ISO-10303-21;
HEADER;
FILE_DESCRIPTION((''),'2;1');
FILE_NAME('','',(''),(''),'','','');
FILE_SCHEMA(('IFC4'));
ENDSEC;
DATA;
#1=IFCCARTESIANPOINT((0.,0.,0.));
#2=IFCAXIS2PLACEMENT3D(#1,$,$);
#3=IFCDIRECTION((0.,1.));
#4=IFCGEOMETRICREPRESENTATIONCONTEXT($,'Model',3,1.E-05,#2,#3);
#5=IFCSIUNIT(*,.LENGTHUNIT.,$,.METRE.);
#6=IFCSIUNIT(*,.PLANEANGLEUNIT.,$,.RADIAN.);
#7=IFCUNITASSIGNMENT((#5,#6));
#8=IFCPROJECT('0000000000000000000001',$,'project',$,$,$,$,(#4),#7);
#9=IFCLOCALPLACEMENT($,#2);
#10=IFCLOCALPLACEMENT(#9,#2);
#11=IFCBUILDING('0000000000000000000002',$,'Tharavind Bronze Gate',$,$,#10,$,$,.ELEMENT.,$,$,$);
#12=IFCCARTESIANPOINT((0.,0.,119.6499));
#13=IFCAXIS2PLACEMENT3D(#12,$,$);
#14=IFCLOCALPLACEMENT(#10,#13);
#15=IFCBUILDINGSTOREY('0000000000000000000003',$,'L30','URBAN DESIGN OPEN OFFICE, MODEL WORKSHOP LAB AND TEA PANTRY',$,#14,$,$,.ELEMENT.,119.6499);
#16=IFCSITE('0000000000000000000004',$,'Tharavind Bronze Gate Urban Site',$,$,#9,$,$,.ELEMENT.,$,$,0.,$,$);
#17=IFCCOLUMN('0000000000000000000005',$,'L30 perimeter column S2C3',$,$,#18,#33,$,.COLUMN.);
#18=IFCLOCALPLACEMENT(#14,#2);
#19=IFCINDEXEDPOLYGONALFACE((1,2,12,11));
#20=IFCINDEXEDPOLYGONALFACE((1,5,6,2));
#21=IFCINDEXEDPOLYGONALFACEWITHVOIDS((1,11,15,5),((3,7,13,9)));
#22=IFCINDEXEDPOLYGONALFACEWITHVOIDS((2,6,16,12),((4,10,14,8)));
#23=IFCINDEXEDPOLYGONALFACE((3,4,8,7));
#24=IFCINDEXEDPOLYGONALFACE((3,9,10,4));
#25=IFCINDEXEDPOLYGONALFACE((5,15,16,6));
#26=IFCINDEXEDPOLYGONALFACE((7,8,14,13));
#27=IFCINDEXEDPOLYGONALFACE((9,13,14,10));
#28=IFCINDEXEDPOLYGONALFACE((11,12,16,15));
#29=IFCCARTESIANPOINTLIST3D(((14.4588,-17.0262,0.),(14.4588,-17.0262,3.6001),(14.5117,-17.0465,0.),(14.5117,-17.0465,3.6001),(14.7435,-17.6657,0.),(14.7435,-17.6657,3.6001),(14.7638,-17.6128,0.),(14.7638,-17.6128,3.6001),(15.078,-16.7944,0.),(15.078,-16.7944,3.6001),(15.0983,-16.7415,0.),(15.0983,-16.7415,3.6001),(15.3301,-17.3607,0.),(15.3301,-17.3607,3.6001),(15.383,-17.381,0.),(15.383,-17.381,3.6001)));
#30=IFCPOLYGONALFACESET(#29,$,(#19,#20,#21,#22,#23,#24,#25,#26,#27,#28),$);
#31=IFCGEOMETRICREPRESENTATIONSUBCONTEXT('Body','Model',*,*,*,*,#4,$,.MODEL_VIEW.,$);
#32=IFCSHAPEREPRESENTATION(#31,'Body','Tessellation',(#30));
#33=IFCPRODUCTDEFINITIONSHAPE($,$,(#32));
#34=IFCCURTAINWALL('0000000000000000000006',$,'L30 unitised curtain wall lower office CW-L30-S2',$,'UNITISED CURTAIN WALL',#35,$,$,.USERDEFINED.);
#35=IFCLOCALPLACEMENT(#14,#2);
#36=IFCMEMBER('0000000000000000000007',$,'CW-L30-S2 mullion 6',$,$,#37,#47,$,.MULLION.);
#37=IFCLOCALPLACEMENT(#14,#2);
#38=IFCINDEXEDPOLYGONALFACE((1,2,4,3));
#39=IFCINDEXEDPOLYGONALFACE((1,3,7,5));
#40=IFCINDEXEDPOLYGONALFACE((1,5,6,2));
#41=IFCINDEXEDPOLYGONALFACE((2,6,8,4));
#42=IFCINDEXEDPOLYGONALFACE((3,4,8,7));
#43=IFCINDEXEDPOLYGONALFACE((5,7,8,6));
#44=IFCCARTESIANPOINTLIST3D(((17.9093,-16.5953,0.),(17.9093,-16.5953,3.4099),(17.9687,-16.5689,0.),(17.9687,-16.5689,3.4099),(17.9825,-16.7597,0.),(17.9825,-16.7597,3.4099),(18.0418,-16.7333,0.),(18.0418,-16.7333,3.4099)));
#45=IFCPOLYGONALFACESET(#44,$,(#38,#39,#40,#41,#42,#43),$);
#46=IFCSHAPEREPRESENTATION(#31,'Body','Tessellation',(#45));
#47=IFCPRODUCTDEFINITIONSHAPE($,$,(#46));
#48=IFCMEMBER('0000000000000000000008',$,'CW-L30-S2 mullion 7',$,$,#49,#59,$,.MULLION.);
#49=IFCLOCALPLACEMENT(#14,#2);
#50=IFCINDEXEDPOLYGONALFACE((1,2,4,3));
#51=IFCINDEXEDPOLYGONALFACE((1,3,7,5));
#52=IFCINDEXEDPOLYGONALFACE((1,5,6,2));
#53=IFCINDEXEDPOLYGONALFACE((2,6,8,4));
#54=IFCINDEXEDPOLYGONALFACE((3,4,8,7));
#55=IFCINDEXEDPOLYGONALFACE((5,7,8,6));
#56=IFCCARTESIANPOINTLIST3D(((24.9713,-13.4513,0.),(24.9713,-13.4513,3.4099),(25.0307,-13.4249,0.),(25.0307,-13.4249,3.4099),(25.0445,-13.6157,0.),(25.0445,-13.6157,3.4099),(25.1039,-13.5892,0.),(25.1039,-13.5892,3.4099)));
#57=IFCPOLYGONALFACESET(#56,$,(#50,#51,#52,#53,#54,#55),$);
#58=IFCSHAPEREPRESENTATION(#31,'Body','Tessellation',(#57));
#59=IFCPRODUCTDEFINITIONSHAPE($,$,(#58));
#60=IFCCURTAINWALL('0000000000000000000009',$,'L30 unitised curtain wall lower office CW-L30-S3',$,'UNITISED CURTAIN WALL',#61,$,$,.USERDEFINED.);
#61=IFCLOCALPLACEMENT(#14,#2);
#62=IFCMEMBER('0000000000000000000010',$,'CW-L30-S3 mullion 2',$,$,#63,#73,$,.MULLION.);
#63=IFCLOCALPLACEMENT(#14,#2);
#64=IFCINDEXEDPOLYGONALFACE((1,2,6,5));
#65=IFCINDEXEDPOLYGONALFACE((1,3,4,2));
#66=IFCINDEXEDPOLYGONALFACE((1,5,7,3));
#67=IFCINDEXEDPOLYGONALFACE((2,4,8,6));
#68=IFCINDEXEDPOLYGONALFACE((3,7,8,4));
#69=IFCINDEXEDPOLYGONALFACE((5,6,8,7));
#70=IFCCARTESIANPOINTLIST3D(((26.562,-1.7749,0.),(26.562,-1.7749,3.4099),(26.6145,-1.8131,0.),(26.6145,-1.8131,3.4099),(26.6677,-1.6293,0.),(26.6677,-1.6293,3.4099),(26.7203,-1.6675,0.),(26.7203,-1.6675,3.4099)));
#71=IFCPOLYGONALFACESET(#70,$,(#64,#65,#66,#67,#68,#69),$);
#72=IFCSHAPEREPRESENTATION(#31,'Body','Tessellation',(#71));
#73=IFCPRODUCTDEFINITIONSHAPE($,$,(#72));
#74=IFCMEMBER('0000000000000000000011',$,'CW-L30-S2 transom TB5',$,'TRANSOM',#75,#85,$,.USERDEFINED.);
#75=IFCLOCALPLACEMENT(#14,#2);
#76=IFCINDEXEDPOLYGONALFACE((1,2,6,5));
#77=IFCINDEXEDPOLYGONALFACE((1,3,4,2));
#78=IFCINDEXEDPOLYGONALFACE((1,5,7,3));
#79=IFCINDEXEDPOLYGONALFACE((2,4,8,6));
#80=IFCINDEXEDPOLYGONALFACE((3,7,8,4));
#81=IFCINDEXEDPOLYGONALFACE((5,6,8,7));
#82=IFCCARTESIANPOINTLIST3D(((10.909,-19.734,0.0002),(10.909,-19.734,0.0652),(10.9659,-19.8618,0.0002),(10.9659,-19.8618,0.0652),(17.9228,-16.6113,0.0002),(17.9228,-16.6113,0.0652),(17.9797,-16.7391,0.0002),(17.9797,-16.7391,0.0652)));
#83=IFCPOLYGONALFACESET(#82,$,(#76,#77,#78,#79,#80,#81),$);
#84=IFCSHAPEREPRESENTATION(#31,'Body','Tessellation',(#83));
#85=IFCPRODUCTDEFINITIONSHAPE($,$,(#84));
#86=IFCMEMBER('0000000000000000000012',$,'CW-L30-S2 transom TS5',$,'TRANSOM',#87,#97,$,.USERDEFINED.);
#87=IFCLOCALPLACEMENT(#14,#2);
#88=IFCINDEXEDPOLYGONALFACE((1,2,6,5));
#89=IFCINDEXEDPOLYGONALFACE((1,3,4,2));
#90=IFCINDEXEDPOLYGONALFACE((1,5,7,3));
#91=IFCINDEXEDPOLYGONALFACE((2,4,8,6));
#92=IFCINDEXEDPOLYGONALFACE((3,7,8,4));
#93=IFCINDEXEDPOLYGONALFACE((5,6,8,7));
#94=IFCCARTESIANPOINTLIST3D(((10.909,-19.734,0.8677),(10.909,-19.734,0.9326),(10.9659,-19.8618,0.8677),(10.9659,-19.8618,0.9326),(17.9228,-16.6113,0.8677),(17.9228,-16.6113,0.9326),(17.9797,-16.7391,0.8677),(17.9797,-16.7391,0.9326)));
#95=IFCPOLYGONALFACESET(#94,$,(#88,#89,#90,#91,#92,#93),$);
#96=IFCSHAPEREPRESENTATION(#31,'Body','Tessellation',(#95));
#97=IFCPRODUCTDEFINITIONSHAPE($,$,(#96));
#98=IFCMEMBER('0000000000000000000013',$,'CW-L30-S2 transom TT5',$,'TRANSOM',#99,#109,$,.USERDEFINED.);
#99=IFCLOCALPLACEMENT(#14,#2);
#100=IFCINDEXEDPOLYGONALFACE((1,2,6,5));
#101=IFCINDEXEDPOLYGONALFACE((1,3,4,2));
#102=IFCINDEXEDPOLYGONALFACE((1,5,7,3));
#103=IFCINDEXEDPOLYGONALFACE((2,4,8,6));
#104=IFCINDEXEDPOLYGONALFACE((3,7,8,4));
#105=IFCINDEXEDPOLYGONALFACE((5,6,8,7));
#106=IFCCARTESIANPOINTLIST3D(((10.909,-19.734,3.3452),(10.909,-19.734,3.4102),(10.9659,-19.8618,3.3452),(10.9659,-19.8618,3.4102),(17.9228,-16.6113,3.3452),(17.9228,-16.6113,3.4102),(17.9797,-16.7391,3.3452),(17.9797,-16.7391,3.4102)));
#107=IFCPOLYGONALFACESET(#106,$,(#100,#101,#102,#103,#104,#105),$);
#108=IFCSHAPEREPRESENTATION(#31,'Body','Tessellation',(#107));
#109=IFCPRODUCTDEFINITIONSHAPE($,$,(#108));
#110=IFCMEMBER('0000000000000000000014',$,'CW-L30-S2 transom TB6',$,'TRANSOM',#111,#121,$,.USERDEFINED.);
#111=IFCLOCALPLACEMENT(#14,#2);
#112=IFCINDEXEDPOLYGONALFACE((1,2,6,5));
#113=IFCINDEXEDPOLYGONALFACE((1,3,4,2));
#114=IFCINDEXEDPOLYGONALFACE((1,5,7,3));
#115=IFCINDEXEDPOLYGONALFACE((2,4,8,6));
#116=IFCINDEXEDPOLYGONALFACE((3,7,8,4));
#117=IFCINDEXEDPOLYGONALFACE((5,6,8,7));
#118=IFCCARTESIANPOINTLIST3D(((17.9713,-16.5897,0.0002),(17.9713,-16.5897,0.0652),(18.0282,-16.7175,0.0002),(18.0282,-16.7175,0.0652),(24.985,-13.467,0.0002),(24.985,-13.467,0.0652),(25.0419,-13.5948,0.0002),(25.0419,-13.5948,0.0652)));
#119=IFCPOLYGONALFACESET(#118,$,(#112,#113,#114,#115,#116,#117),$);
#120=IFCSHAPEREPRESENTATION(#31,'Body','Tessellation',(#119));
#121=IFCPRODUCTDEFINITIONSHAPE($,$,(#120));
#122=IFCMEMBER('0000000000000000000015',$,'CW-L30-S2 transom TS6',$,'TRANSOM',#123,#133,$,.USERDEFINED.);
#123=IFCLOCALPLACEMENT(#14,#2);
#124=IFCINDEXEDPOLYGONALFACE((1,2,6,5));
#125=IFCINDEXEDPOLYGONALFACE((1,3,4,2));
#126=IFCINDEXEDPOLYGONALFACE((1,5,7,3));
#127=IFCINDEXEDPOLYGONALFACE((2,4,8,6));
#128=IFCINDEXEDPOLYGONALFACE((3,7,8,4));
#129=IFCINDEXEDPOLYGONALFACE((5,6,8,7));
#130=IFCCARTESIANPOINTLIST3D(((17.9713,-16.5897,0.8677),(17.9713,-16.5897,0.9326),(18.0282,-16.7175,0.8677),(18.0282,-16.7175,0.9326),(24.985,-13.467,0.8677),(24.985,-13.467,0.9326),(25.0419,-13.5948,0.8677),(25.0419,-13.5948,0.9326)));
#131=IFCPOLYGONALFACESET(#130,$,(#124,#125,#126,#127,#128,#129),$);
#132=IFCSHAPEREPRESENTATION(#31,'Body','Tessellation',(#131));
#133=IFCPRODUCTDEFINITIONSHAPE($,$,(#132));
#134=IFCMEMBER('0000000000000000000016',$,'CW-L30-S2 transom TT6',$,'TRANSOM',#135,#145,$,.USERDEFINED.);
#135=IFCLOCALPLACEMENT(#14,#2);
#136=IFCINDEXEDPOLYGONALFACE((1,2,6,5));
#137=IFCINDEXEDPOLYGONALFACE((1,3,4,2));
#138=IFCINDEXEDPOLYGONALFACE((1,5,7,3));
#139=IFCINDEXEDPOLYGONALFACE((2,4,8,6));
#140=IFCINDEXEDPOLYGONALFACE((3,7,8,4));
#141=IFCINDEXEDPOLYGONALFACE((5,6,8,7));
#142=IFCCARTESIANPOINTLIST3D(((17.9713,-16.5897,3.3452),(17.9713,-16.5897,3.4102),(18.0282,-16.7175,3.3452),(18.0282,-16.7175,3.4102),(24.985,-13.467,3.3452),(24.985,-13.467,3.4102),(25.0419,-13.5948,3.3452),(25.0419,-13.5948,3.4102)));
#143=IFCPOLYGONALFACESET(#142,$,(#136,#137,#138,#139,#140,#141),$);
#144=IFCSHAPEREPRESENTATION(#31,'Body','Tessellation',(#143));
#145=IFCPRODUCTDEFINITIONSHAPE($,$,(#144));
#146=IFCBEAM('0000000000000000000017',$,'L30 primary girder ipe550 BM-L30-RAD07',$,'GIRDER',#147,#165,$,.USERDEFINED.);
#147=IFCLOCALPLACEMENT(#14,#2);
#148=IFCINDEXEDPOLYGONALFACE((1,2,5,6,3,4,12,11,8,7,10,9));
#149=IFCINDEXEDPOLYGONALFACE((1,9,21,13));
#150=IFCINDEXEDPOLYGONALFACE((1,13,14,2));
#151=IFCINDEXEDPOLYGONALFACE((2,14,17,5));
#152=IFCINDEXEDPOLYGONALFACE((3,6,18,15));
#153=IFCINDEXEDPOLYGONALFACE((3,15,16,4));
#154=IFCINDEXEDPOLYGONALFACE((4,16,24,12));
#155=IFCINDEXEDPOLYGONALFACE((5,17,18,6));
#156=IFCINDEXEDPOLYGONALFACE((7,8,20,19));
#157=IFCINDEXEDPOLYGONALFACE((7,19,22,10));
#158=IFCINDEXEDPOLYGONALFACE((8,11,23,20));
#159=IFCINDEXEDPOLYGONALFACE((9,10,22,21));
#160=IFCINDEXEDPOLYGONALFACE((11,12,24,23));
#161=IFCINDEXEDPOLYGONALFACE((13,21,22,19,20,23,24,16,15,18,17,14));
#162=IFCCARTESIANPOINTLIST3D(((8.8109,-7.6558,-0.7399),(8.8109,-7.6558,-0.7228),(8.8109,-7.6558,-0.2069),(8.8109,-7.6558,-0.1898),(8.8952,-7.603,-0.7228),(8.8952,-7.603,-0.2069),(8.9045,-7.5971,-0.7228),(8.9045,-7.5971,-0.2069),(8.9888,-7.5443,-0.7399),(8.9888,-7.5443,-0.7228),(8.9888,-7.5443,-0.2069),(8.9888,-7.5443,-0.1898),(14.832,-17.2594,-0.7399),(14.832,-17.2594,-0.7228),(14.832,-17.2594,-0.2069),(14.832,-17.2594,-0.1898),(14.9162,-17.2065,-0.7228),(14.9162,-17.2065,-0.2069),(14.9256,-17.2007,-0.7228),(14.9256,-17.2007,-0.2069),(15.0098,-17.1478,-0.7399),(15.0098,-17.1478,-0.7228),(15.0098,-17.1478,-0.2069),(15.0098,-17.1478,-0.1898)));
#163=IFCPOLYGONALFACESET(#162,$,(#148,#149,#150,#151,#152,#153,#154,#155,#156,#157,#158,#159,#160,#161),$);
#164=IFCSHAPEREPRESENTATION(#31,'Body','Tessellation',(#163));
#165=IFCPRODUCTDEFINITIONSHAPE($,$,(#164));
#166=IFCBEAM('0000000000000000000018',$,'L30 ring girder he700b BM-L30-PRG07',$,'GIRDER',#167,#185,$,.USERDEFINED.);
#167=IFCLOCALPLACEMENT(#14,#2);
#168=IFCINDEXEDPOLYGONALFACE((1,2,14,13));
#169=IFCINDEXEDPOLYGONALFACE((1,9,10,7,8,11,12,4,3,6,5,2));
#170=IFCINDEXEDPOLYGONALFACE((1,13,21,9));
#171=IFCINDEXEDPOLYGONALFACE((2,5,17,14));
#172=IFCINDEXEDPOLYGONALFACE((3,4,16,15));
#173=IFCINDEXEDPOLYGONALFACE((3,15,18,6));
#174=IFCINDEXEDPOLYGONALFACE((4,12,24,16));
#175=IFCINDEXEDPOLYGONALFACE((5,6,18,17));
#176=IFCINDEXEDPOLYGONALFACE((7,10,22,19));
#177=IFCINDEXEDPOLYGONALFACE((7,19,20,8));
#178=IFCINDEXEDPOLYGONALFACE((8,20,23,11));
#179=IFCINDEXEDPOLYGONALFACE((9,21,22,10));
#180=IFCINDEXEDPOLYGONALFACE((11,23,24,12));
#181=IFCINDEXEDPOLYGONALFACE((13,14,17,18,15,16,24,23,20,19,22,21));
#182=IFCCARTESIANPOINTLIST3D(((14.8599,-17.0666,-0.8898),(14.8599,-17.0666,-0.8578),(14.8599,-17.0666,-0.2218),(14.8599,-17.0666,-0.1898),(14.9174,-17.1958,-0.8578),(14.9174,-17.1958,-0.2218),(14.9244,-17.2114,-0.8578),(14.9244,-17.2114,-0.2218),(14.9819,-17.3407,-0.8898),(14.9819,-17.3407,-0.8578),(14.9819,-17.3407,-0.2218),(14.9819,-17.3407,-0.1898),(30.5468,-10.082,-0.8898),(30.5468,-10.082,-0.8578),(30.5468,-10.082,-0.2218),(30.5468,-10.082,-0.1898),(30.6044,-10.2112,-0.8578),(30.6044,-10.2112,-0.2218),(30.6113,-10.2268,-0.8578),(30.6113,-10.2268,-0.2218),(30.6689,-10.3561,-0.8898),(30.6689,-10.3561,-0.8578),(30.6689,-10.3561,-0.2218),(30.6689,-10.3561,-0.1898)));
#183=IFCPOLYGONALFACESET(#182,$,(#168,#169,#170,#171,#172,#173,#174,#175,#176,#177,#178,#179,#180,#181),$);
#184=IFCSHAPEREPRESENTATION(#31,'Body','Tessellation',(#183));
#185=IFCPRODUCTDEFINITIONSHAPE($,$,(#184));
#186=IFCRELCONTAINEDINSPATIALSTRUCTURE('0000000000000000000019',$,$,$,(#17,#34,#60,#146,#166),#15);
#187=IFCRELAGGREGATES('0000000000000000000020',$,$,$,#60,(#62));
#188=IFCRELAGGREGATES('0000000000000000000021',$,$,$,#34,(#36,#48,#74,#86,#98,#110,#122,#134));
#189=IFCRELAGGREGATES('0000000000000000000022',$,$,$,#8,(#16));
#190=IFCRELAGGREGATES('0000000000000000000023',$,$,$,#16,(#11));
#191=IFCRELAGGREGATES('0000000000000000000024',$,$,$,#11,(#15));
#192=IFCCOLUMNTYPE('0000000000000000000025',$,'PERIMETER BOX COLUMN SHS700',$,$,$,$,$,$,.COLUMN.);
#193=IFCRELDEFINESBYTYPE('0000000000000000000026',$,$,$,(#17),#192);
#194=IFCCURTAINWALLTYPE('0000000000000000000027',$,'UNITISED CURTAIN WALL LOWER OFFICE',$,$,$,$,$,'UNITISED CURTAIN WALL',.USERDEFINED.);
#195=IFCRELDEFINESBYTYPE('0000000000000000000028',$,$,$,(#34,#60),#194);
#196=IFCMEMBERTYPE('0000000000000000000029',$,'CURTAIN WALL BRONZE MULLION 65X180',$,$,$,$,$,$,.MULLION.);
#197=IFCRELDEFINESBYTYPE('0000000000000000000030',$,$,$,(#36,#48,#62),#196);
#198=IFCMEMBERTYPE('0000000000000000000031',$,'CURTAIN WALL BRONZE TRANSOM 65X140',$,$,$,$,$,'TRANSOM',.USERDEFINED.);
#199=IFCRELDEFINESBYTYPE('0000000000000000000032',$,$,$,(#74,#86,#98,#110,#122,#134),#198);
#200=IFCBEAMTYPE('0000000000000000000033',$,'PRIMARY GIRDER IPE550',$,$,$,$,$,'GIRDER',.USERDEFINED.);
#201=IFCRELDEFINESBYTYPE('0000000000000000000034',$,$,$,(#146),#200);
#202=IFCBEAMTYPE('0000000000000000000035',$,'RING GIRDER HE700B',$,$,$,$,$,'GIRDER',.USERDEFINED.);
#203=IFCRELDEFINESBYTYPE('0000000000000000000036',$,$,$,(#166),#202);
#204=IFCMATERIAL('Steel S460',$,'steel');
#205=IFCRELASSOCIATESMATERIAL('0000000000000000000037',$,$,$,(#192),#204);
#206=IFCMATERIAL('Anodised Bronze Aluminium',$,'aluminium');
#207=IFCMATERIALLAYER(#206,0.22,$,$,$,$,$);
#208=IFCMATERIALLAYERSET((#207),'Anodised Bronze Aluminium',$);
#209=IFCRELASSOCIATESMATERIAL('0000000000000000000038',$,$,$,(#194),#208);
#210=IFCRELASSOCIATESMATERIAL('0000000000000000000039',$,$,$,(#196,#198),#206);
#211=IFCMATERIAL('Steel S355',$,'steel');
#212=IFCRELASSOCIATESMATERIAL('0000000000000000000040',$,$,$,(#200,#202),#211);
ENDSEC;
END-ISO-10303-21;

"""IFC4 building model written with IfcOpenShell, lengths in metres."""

from ifc_helpers import new_model, si_unit, direction, frame, origin, origin_2d, place, context, subcontext, project, spatial, rectangle, hollow_rectangle, i_section, extrude, material, layer, layer_set, material_profile, profile_set, type_object, element, aggregate, save


model = new_model("IFC4")

# Units and contexts
model_context = context("Model", 3, precision=1e-05, world=origin(), true_north=direction((0.0, 1.0)))
body_context = subcontext(model_context, "Body", "Model", "MODEL_VIEW")
ifc_project = project(units=[si_unit("LENGTHUNIT", "METRE"), si_unit("PLANEANGLEUNIT", "RADIAN")], contexts=[model_context])

# Site, building, storey
site_placement = place(None, origin())
site = spatial("IfcSite", under=ifc_project, at=site_placement, Name="Tharavind Bronze Gate Urban Site", CompositionType="ELEMENT", RefElevation=0.0)
building_placement = place(site_placement, origin())
building = spatial("IfcBuilding", under=site, at=building_placement, Name="Tharavind Bronze Gate", CompositionType="ELEMENT")
storey_placement = place(building_placement, frame((0.0, 0.0, 119.6499)))
storey = spatial("IfcBuildingStorey", under=building, at=storey_placement, Name="L30", Description="URBAN DESIGN OPEN OFFICE, MODEL WORKSHOP LAB AND TEA PANTRY", CompositionType="ELEMENT", Elevation=119.6499)

# Column
ifc_material_1 = material(Name="Steel S460", Category="steel")
ifc_material_profile_1 = material_profile(ifc_material_1, hollow_rectangle(XDim=0.7, YDim=0.7, WallThickness=0.04, at=origin_2d()), Name="SHS700X40")
ifc_profile_set_1 = profile_set([ifc_material_profile_1], Name="Steel S460")
column_type = type_object("IfcColumnType", Name="PERIMETER BOX COLUMN SHS700", PredefinedType="COLUMN", material=ifc_profile_set_1)
column_placement = place(storey_placement, frame((14.9209, -17.2036, 0.0), z_axis=(0.0, 0.0, 1.0), x_axis=(0.913545, 0.406737, 0.0)))
element("IfcColumn", 1, at=column_placement, inside=storey, type_object=column_type, Name="L30 perimeter column S2C3", PredefinedType="COLUMN", context=body_context, shape_type="SweptSolid", body=[
    extrude(hollow_rectangle(XDim=0.7, YDim=0.7, WallThickness=0.04, at=origin_2d()), origin(), (0.0, 0.0, 1.0), 3.6001),
])

# Curtain wall, members
ifc_material_2 = material(Name="Anodised Bronze Aluminium", Category="aluminium")
ifc_layer_1 = layer(ifc_material_2, 0.22)
ifc_layer_set_1 = layer_set([ifc_layer_1], Name="Anodised Bronze Aluminium")
curtain_wall_type = type_object("IfcCurtainWallType", Name="UNITISED CURTAIN WALL LOWER OFFICE", ElementType="UNITISED CURTAIN WALL", PredefinedType="USERDEFINED", material=ifc_layer_set_1)
curtain_wall_1_placement = place(storey_placement, origin())
curtain_wall_1 = element("IfcCurtainWall", 2, at=curtain_wall_1_placement, inside=storey, type_object=curtain_wall_type, Name="L30 unitised curtain wall lower office CW-L30-S2", ObjectType="UNITISED CURTAIN WALL", PredefinedType="USERDEFINED")
member_type_1 = type_object("IfcMemberType", Name="CURTAIN WALL BRONZE MULLION 65X180", PredefinedType="MULLION", material=ifc_material_2)
member_1_placement = place(storey_placement, frame((17.9756, -16.6643, 0.0), z_axis=(0.0, 0.0, 1.0), x_axis=(0.913545, 0.406737, 0.0)))
member_1 = element("IfcMember", 3, at=member_1_placement, type_object=member_type_1, Name="CW-L30-S2 mullion 6", PredefinedType="MULLION", context=body_context, shape_type="SweptSolid", body=[
    extrude(rectangle(XDim=0.0649, YDim=0.1799, at=origin_2d()), origin(), (0.0, 0.0, 1.0), 3.4099),
])
member_2_placement = place(storey_placement, frame((25.0376, -13.5203, 0.0), z_axis=(0.0, 0.0, 1.0), x_axis=(0.913545, 0.406737, 0.0)))
member_2 = element("IfcMember", 4, at=member_2_placement, type_object=member_type_1, Name="CW-L30-S2 mullion 7", PredefinedType="MULLION", context=body_context, shape_type="SweptSolid", body=[
    extrude(rectangle(XDim=0.0649, YDim=0.1799, at=origin_2d()), origin(), (0.0, 0.0, 1.0), 3.4099),
])

# Curtain wall, member
curtain_wall_2_placement = place(storey_placement, origin())
curtain_wall_2 = element("IfcCurtainWall", 5, at=curtain_wall_2_placement, inside=storey, type_object=curtain_wall_type, Name="L30 unitised curtain wall lower office CW-L30-S3", ObjectType="UNITISED CURTAIN WALL", PredefinedType="USERDEFINED")
member_3_placement = place(storey_placement, frame((26.6411, -1.7212, 0.0), z_axis=(0.0, 0.0, 1.0), x_axis=(-0.809017, 0.587785, 0.0)))
member_3 = element("IfcMember", 6, at=member_3_placement, type_object=member_type_1, Name="CW-L30-S3 mullion 2", PredefinedType="MULLION", context=body_context, shape_type="SweptSolid", body=[
    extrude(rectangle(XDim=0.0649, YDim=0.1799, at=origin_2d()), origin(), (0.0, 0.0, 1.0), 3.4099),
])
aggregate(curtain_wall_2, [member_3])

# Members
member_type_2 = type_object("IfcMemberType", Name="CURTAIN WALL BRONZE TRANSOM 65X140", ElementType="TRANSOM", PredefinedType="USERDEFINED", material=ifc_material_2)
member_4_placement = place(storey_placement, frame((14.4443, -18.2366, 0.0002), z_axis=(0.0, 0.0, 1.0), x_axis=(0.913545, 0.406737, 0.0)))
member_4 = element("IfcMember", 7, at=member_4_placement, type_object=member_type_2, Name="CW-L30-S2 transom TB5", ObjectType="TRANSOM", PredefinedType="USERDEFINED", context=body_context, shape_type="SweptSolid", body=[
    extrude(rectangle(XDim=7.6775, YDim=0.1399, at=origin_2d()), origin(), (0.0, 0.0, 1.0), 0.0649),
])
member_5_placement = place(storey_placement, frame((14.4443, -18.2366, 0.8677), z_axis=(0.0, 0.0, 1.0), x_axis=(0.913545, 0.406737, 0.0)))
member_5 = element("IfcMember", 8, at=member_5_placement, type_object=member_type_2, Name="CW-L30-S2 transom TS5", ObjectType="TRANSOM", PredefinedType="USERDEFINED", context=body_context, shape_type="SweptSolid", body=[
    extrude(rectangle(XDim=7.6775, YDim=0.1399, at=origin_2d()), origin(), (0.0, 0.0, 1.0), 0.0649),
])
member_6_placement = place(storey_placement, frame((14.4443, -18.2366, 3.3452), z_axis=(0.0, 0.0, 1.0), x_axis=(0.913545, 0.406737, 0.0)))
member_6 = element("IfcMember", 9, at=member_6_placement, type_object=member_type_2, Name="CW-L30-S2 transom TT5", ObjectType="TRANSOM", PredefinedType="USERDEFINED", context=body_context, shape_type="SweptSolid", body=[
    extrude(rectangle(XDim=7.6775, YDim=0.1399, at=origin_2d()), origin(), (0.0, 0.0, 1.0), 0.0649),
])
member_7_placement = place(storey_placement, frame((21.5066, -15.0923, 0.0002), z_axis=(0.0, 0.0, 1.0), x_axis=(0.913545, 0.406737, 0.0)))
member_7 = element("IfcMember", 10, at=member_7_placement, type_object=member_type_2, Name="CW-L30-S2 transom TB6", ObjectType="TRANSOM", PredefinedType="USERDEFINED", context=body_context, shape_type="SweptSolid", body=[
    extrude(rectangle(XDim=7.6775, YDim=0.1399, at=origin_2d()), origin(), (0.0, 0.0, 1.0), 0.0649),
])
member_8_placement = place(storey_placement, frame((21.5066, -15.0923, 0.8677), z_axis=(0.0, 0.0, 1.0), x_axis=(0.913545, 0.406737, 0.0)))
member_8 = element("IfcMember", 11, at=member_8_placement, type_object=member_type_2, Name="CW-L30-S2 transom TS6", ObjectType="TRANSOM", PredefinedType="USERDEFINED", context=body_context, shape_type="SweptSolid", body=[
    extrude(rectangle(XDim=7.6775, YDim=0.1399, at=origin_2d()), origin(), (0.0, 0.0, 1.0), 0.0649),
])
member_9_placement = place(storey_placement, frame((21.5066, -15.0923, 3.3452), z_axis=(0.0, 0.0, 1.0), x_axis=(0.913545, 0.406737, 0.0)))
member_9 = element("IfcMember", 12, at=member_9_placement, type_object=member_type_2, Name="CW-L30-S2 transom TT6", ObjectType="TRANSOM", PredefinedType="USERDEFINED", context=body_context, shape_type="SweptSolid", body=[
    extrude(rectangle(XDim=7.6775, YDim=0.1399, at=origin_2d()), origin(), (0.0, 0.0, 1.0), 0.0649),
])

# Beams
ifc_material_3 = material(Name="Steel S355", Category="steel")
ifc_material_profile_2 = material_profile(ifc_material_3, i_section(OverallWidth=0.21, OverallDepth=0.55, WebThickness=0.011, FlangeThickness=0.0171, at=origin_2d()), Name="IPE550")
ifc_profile_set_2 = profile_set([ifc_material_profile_2], Name="Steel S355")
beam_type_1 = type_object("IfcBeamType", Name="PRIMARY GIRDER IPE550", ElementType="GIRDER", PredefinedType="USERDEFINED", material=ifc_profile_set_2)
beam_1_placement = place(storey_placement, frame((14.9209, -17.2036, -0.4648), z_axis=(-0.531191, 0.847252, 0.0), x_axis=(-0.847252, -0.531191, 0.0)))
element("IfcBeam", 13, at=beam_1_placement, inside=storey, type_object=beam_type_1, Name="L30 primary girder ipe550 BM-L30-RAD07", ObjectType="GIRDER", PredefinedType="USERDEFINED", context=body_context, shape_type="SweptSolid", body=[
    extrude(i_section(OverallWidth=0.21, OverallDepth=0.55, WebThickness=0.011, FlangeThickness=0.0171, at=origin_2d()), origin(), (0.0, 0.0, 1.0), 11.335),
])
ifc_material_profile_3 = material_profile(ifc_material_3, i_section(OverallWidth=0.3, OverallDepth=0.7, WebThickness=0.0171, FlangeThickness=0.032, at=origin_2d()), Name="HE700B")
ifc_profile_set_3 = profile_set([ifc_material_profile_3], Name="Steel S355")
beam_type_2 = type_object("IfcBeamType", Name="RING GIRDER HE700B", ElementType="GIRDER", PredefinedType="USERDEFINED", material=ifc_profile_set_3)
beam_2_placement = place(storey_placement, frame((14.9209, -17.2036, -0.5398), z_axis=(0.913539, 0.406752, 0.0), x_axis=(-0.406752, 0.913539, 0.0)))
element("IfcBeam", 14, at=beam_2_placement, inside=storey, type_object=beam_type_2, Name="L30 ring girder he700b BM-L30-PRG07", ObjectType="GIRDER", PredefinedType="USERDEFINED", context=body_context, shape_type="SweptSolid", body=[
    extrude(i_section(OverallWidth=0.3, OverallDepth=0.7, WebThickness=0.0171, FlangeThickness=0.032, at=origin_2d()), origin(), (0.0, 0.0, 1.0), 17.1716),
])

aggregate(curtain_wall_1, [member_1, member_2, member_4, member_5, member_6, member_7, member_8, member_9])

save(model, "model.ifc")
